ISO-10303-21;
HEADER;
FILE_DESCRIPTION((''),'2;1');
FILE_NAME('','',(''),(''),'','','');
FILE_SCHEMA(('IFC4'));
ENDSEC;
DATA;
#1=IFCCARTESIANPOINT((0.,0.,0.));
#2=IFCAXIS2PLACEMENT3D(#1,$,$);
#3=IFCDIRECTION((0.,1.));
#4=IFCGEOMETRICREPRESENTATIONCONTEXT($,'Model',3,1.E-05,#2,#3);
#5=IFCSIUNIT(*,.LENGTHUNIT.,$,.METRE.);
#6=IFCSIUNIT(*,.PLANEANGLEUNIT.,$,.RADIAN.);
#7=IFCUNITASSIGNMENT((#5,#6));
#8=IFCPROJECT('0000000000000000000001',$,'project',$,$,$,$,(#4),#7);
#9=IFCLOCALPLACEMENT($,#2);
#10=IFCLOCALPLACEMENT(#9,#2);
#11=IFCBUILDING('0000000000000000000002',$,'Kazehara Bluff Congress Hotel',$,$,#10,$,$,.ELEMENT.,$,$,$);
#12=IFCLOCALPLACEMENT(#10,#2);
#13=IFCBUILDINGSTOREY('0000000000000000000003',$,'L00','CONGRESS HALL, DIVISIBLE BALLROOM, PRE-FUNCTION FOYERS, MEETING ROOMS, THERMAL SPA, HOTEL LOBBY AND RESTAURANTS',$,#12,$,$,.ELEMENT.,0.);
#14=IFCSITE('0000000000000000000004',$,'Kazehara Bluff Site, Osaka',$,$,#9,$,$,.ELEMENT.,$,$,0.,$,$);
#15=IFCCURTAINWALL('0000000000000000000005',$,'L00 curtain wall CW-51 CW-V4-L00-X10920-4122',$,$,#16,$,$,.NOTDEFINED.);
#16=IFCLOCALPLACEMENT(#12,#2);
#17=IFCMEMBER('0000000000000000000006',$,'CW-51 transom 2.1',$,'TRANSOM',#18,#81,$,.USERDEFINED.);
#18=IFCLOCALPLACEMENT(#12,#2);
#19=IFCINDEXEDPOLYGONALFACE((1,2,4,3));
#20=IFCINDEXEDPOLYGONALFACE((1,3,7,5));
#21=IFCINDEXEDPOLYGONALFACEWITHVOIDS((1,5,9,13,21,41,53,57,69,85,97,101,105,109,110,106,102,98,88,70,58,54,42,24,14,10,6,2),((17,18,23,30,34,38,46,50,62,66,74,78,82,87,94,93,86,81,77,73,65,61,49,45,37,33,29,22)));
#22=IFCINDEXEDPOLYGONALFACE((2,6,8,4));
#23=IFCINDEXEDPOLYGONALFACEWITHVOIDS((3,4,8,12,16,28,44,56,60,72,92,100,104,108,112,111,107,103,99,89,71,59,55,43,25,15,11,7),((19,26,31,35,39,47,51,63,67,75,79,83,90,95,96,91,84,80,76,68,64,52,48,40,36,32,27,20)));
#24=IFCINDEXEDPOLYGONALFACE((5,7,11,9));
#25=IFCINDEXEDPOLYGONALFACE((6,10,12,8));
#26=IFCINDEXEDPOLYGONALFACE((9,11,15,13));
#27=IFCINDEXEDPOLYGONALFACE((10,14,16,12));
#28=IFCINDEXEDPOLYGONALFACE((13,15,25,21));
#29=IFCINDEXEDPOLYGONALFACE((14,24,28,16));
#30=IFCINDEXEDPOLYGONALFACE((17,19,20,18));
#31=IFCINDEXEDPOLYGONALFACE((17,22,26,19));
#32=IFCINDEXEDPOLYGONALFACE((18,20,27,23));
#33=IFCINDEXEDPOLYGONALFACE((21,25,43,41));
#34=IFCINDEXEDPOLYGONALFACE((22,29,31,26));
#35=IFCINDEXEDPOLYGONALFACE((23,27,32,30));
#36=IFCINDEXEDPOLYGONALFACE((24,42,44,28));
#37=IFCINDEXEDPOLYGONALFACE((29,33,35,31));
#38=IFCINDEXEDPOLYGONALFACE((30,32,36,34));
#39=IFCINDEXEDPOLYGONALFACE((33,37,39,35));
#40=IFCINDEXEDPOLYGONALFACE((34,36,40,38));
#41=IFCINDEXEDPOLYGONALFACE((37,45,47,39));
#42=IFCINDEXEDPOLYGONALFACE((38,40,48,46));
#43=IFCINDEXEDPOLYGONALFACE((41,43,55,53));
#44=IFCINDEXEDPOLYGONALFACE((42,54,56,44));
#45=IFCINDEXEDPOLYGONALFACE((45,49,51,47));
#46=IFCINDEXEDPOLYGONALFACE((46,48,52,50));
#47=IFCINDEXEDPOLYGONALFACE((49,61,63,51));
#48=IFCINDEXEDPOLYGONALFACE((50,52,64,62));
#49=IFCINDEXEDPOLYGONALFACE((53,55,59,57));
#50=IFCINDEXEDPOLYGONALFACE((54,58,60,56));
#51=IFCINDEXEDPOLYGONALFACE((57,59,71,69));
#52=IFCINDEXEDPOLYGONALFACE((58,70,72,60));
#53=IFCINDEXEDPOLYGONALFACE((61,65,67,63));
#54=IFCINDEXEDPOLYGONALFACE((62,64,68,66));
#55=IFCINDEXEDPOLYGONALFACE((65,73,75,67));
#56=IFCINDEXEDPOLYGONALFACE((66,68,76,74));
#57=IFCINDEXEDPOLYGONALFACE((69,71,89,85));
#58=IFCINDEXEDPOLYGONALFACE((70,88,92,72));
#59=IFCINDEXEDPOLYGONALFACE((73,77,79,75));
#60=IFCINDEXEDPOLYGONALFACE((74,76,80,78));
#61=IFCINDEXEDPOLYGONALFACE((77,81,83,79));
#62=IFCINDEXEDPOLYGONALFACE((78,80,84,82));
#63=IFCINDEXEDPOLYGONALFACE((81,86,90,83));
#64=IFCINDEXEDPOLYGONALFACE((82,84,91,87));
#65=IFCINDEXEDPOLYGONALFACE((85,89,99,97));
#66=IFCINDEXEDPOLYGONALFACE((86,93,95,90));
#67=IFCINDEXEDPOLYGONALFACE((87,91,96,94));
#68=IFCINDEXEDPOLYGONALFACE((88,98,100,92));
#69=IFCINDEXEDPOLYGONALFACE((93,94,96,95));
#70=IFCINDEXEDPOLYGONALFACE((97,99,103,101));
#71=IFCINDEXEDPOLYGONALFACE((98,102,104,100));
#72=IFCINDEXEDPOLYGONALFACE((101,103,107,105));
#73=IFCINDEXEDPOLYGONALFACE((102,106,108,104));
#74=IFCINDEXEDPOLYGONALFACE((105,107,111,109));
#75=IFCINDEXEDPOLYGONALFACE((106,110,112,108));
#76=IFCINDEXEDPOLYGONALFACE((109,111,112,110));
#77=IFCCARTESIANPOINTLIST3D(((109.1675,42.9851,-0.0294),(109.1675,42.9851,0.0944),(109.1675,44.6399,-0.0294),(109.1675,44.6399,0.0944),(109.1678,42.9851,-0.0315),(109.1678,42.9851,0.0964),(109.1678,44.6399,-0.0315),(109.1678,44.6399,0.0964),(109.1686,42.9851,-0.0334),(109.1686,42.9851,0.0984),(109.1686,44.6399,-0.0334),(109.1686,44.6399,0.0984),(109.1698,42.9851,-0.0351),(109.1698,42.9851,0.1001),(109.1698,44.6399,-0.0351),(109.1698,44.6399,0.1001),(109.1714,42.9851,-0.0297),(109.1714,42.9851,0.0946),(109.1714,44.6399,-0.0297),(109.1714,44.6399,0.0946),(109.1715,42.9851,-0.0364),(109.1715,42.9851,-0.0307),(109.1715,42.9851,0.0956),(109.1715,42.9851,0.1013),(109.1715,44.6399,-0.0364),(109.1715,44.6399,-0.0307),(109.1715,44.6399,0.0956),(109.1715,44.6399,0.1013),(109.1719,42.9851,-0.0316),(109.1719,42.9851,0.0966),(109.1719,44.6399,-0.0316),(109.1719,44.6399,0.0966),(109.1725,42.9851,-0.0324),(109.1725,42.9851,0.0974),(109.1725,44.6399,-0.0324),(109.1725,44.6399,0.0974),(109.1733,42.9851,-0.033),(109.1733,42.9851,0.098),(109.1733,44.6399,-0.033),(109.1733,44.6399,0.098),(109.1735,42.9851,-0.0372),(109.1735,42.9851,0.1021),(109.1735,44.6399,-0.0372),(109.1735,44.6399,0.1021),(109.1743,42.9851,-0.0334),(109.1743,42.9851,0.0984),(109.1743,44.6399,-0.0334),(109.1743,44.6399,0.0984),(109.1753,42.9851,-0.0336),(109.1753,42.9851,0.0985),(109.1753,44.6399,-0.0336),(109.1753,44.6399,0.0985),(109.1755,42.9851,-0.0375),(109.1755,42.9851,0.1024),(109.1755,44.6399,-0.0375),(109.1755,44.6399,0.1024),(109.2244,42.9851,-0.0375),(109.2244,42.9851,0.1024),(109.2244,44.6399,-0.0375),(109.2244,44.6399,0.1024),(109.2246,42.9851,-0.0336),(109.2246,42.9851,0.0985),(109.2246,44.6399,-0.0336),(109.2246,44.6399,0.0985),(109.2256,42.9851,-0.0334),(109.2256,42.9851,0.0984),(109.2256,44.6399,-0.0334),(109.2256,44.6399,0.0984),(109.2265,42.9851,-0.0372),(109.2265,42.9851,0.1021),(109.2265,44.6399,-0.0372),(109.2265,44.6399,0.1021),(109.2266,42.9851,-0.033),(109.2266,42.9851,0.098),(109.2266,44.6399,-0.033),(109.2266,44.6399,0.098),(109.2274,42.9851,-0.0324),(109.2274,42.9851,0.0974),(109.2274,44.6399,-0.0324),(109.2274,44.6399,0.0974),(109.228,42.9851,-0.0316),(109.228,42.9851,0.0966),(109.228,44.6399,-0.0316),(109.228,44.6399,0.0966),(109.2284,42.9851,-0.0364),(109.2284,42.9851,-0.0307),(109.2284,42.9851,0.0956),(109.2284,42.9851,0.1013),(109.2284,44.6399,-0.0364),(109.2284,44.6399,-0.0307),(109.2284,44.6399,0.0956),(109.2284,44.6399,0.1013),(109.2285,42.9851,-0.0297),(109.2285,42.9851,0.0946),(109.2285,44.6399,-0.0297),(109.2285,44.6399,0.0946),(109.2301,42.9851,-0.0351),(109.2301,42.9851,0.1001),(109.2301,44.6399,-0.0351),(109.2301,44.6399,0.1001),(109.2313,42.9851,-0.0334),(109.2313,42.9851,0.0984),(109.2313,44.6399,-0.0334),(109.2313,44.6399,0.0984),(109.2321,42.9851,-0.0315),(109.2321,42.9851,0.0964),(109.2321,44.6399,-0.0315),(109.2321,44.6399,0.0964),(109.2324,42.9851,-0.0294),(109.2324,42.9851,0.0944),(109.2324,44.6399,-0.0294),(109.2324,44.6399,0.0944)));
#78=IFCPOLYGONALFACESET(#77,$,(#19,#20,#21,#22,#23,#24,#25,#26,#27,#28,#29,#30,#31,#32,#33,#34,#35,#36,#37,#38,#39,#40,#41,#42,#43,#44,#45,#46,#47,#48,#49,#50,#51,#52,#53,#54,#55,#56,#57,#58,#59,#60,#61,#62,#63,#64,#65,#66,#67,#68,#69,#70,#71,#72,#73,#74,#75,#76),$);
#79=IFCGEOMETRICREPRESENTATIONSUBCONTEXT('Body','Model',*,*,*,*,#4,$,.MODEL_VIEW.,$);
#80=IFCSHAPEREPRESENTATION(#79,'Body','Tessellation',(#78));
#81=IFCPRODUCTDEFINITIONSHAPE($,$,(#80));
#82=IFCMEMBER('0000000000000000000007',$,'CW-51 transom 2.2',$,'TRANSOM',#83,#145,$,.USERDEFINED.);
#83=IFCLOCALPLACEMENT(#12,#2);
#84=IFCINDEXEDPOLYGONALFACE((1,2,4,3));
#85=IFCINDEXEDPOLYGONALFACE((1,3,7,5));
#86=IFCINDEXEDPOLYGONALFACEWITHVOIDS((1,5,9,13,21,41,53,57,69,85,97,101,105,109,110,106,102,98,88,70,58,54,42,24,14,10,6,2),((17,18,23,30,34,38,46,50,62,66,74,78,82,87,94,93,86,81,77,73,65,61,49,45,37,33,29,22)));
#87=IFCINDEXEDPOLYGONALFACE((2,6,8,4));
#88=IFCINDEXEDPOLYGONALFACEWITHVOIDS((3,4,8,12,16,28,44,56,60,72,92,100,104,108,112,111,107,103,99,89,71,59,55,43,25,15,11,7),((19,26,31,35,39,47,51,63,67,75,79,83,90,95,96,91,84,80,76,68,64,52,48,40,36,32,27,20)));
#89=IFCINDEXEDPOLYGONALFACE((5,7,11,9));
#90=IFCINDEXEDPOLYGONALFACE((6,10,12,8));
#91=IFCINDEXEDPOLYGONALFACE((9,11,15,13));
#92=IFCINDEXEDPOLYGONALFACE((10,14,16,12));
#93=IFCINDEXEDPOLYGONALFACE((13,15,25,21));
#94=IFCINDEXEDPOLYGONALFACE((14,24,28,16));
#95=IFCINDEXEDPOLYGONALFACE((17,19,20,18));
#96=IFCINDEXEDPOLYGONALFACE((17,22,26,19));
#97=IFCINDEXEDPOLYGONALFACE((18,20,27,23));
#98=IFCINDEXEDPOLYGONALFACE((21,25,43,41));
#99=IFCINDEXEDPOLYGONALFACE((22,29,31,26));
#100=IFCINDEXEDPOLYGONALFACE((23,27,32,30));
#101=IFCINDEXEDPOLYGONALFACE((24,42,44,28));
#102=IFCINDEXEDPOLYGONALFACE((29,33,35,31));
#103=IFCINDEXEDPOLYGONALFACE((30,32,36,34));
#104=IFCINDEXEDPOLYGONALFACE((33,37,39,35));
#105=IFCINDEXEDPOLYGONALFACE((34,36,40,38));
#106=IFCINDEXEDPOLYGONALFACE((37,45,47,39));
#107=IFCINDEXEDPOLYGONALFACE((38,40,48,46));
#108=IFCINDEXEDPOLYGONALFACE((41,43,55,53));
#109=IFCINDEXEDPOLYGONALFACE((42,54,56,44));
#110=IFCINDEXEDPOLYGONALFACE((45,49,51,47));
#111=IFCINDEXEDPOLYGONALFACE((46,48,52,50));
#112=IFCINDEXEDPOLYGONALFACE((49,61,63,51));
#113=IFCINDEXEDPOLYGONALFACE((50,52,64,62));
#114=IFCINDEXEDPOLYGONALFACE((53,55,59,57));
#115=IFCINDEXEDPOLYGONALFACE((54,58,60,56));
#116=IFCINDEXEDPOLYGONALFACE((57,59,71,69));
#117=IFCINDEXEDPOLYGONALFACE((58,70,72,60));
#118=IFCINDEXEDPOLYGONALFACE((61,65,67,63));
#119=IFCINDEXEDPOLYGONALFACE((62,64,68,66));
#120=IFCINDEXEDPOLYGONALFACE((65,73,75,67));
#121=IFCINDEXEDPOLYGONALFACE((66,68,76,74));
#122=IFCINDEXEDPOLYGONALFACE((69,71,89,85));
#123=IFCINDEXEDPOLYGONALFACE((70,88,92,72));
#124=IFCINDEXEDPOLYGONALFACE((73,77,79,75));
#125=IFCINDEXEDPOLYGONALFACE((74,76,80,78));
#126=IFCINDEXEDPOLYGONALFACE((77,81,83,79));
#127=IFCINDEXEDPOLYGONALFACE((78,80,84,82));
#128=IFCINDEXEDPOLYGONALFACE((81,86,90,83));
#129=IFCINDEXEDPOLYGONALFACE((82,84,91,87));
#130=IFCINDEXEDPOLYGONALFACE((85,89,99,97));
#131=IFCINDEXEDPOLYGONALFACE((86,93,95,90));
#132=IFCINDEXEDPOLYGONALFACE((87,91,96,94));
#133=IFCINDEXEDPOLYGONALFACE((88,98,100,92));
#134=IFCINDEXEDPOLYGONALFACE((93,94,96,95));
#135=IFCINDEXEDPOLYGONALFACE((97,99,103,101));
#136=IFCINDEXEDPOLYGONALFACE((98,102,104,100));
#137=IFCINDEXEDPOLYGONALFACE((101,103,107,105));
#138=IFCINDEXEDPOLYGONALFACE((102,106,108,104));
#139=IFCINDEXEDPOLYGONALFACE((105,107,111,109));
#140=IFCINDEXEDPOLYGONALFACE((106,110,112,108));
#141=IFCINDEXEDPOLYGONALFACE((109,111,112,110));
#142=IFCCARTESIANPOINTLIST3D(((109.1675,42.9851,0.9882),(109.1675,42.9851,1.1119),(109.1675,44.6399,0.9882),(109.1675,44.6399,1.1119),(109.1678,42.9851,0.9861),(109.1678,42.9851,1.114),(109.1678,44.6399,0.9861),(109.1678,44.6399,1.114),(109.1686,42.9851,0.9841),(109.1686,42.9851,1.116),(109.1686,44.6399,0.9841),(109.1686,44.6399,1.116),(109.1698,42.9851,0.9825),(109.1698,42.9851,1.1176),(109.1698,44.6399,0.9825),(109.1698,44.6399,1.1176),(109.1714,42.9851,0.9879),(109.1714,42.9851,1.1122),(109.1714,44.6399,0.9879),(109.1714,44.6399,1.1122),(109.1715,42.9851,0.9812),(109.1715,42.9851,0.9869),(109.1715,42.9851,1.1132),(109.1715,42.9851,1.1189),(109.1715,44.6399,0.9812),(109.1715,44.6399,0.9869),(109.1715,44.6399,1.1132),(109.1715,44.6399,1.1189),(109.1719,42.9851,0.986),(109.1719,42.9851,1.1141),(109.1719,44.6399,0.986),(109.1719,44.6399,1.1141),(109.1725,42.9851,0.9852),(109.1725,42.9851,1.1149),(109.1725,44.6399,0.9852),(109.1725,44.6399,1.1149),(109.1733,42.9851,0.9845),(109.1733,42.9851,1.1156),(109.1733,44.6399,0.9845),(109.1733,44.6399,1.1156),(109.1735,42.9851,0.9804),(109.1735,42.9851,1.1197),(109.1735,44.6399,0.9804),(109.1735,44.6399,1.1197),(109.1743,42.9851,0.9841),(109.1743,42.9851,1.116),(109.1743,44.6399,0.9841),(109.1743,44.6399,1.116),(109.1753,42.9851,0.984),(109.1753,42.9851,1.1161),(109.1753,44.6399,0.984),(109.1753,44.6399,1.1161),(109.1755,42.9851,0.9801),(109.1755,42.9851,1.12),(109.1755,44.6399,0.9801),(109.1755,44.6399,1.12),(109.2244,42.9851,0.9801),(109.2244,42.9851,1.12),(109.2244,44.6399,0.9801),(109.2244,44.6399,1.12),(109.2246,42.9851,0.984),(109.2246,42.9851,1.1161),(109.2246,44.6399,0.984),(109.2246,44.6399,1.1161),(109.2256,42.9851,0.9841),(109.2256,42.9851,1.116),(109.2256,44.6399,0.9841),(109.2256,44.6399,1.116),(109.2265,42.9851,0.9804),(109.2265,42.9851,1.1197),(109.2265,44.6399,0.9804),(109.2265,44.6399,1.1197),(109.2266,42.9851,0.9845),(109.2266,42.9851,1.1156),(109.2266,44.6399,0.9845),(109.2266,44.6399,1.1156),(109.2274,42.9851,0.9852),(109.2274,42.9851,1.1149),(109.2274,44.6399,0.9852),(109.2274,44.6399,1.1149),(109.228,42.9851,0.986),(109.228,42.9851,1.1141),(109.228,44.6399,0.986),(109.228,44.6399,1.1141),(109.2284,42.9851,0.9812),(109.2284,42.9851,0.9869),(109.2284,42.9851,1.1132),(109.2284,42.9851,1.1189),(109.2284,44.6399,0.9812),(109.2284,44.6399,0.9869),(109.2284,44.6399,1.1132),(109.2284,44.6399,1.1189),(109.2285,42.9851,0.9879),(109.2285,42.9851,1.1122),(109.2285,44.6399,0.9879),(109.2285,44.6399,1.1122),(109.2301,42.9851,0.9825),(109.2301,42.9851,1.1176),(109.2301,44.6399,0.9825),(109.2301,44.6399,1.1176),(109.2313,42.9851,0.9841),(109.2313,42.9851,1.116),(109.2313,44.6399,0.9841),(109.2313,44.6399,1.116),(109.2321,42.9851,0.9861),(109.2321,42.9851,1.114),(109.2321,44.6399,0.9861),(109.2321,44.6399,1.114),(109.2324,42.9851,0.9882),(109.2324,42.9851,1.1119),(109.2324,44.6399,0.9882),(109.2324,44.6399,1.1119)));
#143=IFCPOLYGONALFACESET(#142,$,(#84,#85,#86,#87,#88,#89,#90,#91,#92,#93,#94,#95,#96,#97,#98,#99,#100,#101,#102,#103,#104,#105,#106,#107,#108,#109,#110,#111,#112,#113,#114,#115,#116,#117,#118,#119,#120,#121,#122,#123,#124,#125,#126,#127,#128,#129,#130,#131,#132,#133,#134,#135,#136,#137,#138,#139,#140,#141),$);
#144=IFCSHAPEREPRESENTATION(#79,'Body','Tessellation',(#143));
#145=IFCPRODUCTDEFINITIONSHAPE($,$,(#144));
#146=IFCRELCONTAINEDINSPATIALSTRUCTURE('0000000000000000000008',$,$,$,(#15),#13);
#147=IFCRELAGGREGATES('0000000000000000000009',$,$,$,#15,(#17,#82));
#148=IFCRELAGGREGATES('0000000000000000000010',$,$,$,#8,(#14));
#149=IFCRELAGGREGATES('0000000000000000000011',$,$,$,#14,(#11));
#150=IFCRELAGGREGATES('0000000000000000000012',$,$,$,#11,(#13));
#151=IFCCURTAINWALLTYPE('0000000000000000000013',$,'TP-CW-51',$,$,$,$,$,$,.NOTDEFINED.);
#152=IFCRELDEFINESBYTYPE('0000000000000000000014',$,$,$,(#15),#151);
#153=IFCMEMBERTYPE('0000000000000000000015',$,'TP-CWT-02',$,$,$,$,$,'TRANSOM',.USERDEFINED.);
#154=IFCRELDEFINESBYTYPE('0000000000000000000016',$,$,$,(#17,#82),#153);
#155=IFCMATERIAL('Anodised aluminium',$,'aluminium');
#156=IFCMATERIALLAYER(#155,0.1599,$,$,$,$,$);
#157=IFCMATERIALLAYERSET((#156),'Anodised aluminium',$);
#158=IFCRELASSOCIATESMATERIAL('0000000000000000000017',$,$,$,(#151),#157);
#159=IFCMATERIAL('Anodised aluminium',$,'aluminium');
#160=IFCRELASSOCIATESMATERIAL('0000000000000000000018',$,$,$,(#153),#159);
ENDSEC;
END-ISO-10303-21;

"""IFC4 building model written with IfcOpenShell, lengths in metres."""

from ifc_helpers import new_model, si_unit, direction, frame, origin, origin_2d, place, context, subcontext, project, spatial, hollow_rectangle, extrude, material, layer, layer_set, material_profile, profile_set, type_object, element, aggregate, save


model = new_model("IFC4")

# Units and contexts
model_context = context("Model", 3, precision=1e-05, world=origin(), true_north=direction((0.0, 1.0)))
body_context = subcontext(model_context, "Body", "Model", "MODEL_VIEW")
ifc_project = project(units=[si_unit("LENGTHUNIT", "METRE"), si_unit("PLANEANGLEUNIT", "RADIAN")], contexts=[model_context])

# Site, building, storey
site_placement = place(None, origin())
site = spatial("IfcSite", under=ifc_project, at=site_placement, Name="Kazehara Bluff Site, Osaka", CompositionType="ELEMENT", RefElevation=0.0)
building_placement = place(site_placement, origin())
building = spatial("IfcBuilding", under=site, at=building_placement, Name="Kazehara Bluff Congress Hotel", CompositionType="ELEMENT")
storey_placement = place(building_placement, origin())
storey = spatial("IfcBuildingStorey", under=building, at=storey_placement, Name="L00", Description="CONGRESS HALL, DIVISIBLE BALLROOM, PRE-FUNCTION FOYERS, MEETING ROOMS, THERMAL SPA, HOTEL LOBBY AND RESTAURANTS", CompositionType="ELEMENT", Elevation=0.0)

# Curtain wall
ifc_material_1 = material(Name="Anodised aluminium", Category="aluminium")
ifc_layer_1 = layer(ifc_material_1, 0.1599)
ifc_layer_set_1 = layer_set([ifc_layer_1], Name="Anodised aluminium")
curtain_wall_type_1 = type_object("IfcCurtainWallType", Name="TP-CW-51", PredefinedType="NOTDEFINED", material=ifc_layer_set_1)
curtain_wall_1_placement = place(storey_placement, origin())
curtain_wall_1 = element("IfcCurtainWall", 1, at=curtain_wall_1_placement, inside=storey, type_object=curtain_wall_type_1, Name="L00 curtain wall CW-51 CW-V4-L00-X10920-4122", PredefinedType="NOTDEFINED")

# Members
ifc_material_2 = material(Name="Anodised aluminium", Category="aluminium")
ifc_material_profile_1 = material_profile(ifc_material_2, hollow_rectangle(XDim=0.0649, YDim=0.1399, WallThickness=0.0039, InnerFilletRadius=0.0039, OuterFilletRadius=0.0081, at=origin_2d()))
ifc_profile_set_1 = profile_set([ifc_material_profile_1], Name="Anodised aluminium")
member_type_1 = type_object("IfcMemberType", Name="TP-CWT-02", ElementType="TRANSOM", PredefinedType="USERDEFINED", material=ifc_profile_set_1)
member_1_placement = place(storey_placement, frame((109.2, 42.9851, 0.0325), z_axis=(0.0, 1.0, 0.0), x_axis=(-1.0, 0.0, 0.0)))
member_1 = element("IfcMember", 2, at=member_1_placement, type_object=member_type_1, Name="CW-51 transom 2.1", ObjectType="TRANSOM", PredefinedType="USERDEFINED", context=body_context, shape_type="SweptSolid", body=[
    extrude(hollow_rectangle(XDim=0.0649, YDim=0.1399, WallThickness=0.0039, InnerFilletRadius=0.0039, OuterFilletRadius=0.0081, at=origin_2d()), origin(), (0.0, 0.0, 1.0), 1.6548),
])
member_2_placement = place(storey_placement, frame((109.2, 42.9851, 1.05), z_axis=(0.0, 1.0, 0.0), x_axis=(-1.0, 0.0, 0.0)))
member_2 = element("IfcMember", 3, at=member_2_placement, type_object=member_type_1, Name="CW-51 transom 2.2", ObjectType="TRANSOM", PredefinedType="USERDEFINED", context=body_context, shape_type="SweptSolid", body=[
    extrude(hollow_rectangle(XDim=0.0649, YDim=0.1399, WallThickness=0.0039, InnerFilletRadius=0.0039, OuterFilletRadius=0.0081, at=origin_2d()), origin(), (0.0, 0.0, 1.0), 1.6548),
])

aggregate(curtain_wall_1, [member_1, member_2])

save(model, "model.ifc")
